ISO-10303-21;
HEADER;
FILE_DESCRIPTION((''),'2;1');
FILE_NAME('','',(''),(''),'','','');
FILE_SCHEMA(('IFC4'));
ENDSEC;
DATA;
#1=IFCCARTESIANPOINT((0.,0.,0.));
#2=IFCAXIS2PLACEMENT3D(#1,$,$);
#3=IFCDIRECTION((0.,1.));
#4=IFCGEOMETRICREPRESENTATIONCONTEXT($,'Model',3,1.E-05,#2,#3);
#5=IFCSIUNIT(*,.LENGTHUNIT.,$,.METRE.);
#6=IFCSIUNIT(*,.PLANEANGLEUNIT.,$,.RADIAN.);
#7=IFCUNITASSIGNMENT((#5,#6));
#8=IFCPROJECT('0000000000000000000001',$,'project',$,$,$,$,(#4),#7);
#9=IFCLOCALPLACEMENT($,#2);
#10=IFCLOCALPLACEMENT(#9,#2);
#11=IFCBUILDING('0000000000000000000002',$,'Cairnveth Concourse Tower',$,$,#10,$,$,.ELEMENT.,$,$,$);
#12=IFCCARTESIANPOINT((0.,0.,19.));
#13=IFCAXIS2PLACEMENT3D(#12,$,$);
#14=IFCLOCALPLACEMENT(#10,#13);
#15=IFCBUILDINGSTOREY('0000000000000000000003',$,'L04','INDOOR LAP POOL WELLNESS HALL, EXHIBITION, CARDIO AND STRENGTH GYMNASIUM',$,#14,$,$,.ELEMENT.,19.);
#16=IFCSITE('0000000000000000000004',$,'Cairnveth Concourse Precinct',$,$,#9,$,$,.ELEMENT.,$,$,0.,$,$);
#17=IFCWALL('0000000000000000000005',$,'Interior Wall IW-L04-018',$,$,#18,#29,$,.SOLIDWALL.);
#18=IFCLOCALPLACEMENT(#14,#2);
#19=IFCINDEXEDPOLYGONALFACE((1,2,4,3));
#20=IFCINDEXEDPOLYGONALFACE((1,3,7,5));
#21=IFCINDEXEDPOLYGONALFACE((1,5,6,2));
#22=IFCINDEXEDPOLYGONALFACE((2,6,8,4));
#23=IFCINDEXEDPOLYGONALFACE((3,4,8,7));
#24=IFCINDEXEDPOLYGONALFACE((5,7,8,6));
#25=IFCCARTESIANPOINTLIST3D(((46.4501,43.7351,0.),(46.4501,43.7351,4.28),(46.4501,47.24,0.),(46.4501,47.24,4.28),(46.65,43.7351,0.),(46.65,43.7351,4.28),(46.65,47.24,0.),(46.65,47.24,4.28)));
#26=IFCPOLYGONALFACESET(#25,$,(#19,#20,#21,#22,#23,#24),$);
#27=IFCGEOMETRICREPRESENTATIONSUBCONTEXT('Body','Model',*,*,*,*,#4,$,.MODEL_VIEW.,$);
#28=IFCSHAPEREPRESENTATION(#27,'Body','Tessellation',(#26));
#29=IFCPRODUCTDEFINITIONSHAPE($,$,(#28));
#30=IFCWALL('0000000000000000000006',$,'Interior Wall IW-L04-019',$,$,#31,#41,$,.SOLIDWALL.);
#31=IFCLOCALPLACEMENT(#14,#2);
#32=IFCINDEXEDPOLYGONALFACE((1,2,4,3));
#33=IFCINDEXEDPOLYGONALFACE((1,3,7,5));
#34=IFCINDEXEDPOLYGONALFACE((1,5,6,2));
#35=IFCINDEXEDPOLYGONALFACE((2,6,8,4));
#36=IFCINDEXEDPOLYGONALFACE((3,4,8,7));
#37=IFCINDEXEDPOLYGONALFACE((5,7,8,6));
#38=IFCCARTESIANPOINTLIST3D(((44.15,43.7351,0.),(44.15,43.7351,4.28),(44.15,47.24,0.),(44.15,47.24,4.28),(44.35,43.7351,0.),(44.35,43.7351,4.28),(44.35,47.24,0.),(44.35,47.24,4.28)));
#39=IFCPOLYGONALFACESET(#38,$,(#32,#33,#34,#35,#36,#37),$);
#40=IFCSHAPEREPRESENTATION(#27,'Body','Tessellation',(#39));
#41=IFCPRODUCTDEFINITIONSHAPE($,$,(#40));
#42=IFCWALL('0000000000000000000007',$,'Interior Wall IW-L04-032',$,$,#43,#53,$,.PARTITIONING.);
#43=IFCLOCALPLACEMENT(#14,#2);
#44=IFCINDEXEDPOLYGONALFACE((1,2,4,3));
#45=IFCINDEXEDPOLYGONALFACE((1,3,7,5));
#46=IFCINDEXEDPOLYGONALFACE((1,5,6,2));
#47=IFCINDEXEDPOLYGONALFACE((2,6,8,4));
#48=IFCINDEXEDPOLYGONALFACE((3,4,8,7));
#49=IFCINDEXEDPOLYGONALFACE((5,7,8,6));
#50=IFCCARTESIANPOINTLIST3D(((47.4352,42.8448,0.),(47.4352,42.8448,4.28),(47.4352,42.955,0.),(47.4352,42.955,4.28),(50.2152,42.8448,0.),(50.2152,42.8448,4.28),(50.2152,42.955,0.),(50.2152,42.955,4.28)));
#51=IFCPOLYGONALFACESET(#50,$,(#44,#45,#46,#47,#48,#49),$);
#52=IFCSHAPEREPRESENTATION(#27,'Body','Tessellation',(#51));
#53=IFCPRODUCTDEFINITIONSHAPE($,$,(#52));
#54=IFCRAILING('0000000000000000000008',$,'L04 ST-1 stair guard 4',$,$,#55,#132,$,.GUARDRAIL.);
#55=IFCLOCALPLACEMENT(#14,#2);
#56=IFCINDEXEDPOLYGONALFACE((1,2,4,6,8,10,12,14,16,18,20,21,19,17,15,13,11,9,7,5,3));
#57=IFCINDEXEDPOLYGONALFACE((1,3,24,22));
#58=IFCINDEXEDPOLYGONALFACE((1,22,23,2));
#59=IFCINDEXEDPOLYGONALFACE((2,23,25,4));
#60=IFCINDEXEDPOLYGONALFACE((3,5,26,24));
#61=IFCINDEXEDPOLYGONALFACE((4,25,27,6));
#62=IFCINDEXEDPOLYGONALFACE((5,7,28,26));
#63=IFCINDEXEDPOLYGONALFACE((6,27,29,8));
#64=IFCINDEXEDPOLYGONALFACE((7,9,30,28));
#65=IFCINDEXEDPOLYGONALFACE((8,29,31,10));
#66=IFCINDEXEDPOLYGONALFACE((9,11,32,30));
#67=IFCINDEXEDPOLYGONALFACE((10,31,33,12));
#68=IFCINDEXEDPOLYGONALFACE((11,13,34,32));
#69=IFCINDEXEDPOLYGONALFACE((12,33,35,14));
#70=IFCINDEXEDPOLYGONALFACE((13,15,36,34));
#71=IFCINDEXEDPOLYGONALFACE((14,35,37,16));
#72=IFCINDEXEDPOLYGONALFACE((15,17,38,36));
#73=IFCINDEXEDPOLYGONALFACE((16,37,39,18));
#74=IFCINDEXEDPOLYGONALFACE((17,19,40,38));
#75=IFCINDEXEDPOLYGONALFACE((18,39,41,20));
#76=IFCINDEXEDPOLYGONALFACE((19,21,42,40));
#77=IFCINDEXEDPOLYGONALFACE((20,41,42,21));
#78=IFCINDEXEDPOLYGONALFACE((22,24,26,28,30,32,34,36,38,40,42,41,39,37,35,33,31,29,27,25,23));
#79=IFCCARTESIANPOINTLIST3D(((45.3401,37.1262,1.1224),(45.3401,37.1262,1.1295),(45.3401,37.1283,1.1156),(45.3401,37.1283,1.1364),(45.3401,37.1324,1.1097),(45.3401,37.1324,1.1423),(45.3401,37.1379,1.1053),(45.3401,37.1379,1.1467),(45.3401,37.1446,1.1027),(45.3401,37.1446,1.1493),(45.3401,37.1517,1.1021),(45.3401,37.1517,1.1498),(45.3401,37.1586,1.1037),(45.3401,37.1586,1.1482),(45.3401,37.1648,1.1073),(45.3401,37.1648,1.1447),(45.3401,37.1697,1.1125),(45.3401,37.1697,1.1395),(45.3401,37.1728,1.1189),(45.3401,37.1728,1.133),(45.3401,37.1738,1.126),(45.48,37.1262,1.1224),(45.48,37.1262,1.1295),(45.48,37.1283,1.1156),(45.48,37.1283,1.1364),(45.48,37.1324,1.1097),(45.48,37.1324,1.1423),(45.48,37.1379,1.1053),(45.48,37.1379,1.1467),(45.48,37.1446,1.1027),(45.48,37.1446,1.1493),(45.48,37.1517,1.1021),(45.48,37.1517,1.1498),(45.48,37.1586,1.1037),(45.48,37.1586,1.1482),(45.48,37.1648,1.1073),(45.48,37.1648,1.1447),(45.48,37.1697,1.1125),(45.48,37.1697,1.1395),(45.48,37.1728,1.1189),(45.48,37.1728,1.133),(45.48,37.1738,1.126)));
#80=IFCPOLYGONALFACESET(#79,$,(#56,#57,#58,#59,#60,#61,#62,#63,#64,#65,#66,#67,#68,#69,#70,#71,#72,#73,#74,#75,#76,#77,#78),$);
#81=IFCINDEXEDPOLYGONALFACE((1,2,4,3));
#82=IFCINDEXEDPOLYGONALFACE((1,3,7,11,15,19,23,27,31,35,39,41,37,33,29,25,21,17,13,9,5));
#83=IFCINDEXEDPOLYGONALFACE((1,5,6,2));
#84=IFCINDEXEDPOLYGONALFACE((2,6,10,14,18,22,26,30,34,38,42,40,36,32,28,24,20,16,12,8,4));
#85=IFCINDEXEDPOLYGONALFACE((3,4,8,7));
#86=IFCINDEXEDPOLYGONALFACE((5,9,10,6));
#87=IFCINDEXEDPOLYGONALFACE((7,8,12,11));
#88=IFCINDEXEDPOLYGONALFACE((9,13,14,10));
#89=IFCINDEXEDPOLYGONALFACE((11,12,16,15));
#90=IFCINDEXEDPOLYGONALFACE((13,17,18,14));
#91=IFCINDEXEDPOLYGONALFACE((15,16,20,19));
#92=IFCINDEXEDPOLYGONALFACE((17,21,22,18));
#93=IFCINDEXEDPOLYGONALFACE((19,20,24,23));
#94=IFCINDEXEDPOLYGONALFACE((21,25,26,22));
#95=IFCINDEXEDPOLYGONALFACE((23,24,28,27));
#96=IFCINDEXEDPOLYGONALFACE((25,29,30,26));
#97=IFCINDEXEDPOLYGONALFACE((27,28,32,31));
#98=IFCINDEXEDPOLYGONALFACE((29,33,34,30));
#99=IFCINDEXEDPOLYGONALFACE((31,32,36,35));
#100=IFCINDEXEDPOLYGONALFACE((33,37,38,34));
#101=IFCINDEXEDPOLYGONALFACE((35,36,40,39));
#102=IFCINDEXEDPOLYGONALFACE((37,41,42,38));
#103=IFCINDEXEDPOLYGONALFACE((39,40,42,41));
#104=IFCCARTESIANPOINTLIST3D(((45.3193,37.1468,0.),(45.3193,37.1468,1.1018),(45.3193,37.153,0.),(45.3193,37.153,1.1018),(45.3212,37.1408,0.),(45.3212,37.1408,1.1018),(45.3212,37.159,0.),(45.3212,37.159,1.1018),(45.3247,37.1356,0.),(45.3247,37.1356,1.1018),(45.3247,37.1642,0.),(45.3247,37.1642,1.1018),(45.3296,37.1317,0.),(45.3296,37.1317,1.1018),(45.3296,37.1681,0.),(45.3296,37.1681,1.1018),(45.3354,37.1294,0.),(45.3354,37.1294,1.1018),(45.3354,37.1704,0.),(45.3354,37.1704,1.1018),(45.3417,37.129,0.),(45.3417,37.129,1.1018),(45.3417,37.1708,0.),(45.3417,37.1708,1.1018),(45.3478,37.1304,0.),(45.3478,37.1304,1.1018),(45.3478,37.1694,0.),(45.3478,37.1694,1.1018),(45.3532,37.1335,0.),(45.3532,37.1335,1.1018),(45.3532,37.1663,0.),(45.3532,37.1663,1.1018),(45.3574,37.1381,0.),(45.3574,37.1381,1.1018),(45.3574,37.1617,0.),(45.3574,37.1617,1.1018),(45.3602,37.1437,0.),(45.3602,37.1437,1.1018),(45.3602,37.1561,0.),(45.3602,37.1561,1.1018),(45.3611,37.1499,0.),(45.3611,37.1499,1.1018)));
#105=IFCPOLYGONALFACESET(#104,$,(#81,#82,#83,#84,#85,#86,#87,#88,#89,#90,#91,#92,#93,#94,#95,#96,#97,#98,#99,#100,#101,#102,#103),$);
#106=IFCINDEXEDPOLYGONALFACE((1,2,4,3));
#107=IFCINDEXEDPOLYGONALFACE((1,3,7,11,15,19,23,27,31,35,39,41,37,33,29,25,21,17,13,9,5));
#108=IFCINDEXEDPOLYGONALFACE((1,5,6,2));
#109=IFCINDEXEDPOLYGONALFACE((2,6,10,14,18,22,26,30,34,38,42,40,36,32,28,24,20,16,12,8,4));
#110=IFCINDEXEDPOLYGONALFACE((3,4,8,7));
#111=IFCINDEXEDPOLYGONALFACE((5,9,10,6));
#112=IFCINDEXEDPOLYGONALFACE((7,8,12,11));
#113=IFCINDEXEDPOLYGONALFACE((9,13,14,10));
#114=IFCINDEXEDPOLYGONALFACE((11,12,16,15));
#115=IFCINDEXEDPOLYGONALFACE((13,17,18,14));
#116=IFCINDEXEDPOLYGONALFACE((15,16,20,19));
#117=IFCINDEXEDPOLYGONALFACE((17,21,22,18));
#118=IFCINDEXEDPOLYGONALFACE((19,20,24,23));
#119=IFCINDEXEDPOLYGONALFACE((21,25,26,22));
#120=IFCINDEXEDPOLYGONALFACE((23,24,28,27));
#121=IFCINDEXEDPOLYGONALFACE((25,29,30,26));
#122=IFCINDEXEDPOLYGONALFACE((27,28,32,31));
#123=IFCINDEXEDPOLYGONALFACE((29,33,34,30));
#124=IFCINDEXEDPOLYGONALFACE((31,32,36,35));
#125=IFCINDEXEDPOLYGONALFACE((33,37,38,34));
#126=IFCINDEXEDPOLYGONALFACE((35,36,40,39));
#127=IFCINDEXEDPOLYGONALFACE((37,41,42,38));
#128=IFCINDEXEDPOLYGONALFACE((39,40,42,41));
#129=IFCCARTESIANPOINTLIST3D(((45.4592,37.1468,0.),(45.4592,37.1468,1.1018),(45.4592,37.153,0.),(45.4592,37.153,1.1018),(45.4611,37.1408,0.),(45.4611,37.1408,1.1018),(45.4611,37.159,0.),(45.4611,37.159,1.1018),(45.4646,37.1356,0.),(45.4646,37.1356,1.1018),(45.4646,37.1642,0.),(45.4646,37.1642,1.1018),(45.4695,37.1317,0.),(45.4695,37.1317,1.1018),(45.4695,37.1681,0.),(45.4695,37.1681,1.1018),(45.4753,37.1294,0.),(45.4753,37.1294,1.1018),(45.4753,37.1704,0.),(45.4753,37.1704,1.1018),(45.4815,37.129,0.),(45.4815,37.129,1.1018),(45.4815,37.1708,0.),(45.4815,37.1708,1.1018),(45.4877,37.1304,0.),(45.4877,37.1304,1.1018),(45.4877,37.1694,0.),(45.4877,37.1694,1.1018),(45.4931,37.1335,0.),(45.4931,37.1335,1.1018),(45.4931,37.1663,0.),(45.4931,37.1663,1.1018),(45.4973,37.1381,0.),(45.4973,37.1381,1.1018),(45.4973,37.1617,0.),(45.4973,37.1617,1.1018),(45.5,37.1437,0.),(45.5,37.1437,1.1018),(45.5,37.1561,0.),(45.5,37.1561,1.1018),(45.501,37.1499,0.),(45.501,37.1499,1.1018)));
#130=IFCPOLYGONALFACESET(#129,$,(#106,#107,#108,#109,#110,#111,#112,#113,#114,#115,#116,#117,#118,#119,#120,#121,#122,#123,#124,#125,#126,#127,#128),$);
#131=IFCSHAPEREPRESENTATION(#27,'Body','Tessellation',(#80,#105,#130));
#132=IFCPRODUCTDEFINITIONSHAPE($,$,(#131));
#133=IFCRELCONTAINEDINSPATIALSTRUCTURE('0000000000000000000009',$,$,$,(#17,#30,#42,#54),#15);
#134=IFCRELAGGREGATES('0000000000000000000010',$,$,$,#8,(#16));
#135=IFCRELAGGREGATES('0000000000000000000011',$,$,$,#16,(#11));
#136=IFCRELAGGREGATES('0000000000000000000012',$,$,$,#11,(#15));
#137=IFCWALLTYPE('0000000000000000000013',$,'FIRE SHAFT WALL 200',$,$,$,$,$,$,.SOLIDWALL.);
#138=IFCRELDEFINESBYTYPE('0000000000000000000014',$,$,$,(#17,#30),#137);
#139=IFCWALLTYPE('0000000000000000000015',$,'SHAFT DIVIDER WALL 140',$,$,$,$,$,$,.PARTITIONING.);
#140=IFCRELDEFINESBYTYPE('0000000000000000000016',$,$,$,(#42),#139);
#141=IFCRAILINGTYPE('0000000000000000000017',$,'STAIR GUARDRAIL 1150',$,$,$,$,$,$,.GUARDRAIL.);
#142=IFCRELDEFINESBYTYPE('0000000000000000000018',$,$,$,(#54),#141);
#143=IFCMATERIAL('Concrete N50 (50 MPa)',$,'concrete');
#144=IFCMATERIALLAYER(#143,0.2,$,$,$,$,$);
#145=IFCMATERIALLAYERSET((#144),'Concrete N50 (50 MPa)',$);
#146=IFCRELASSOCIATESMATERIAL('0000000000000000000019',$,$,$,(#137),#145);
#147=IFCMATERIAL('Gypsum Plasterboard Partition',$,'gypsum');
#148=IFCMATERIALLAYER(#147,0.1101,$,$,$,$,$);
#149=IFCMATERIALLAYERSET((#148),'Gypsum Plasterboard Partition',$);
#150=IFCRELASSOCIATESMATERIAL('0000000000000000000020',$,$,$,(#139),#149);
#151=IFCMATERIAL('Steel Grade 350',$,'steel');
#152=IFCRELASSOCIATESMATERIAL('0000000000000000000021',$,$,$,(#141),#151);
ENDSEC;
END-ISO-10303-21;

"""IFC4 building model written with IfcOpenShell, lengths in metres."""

from ifc_helpers import new_model, si_unit, direction, frame, frame_2d, origin, origin_2d, place, context, subcontext, project, spatial, rectangle, circle, extrude, material, layer, layer_set, type_object, element, save


model = new_model("IFC4")

# Units and contexts
model_context = context("Model", 3, precision=1e-05, world=origin(), true_north=direction((0.0, 1.0)))
body_context = subcontext(model_context, "Body", "Model", "MODEL_VIEW")
ifc_project = project(units=[si_unit("LENGTHUNIT", "METRE"), si_unit("PLANEANGLEUNIT", "RADIAN")], contexts=[model_context])

# Site, building, storey
site_placement = place(None, origin())
site = spatial("IfcSite", under=ifc_project, at=site_placement, Name="Cairnveth Concourse Precinct", CompositionType="ELEMENT", RefElevation=0.0)
building_placement = place(site_placement, origin())
building = spatial("IfcBuilding", under=site, at=building_placement, Name="Cairnveth Concourse Tower", CompositionType="ELEMENT")
storey_placement = place(building_placement, frame((0.0, 0.0, 19.0)))
storey = spatial("IfcBuildingStorey", under=building, at=storey_placement, Name="L04", Description="INDOOR LAP POOL WELLNESS HALL, EXHIBITION, CARDIO AND STRENGTH GYMNASIUM", CompositionType="ELEMENT", Elevation=19.0)

# Shared definitions
ifc_material_1 = material(Name="Steel Grade 350", Category="steel")

# Shared definitions
ifc_material_2 = material(Name="Concrete N50 (50 MPa)", Category="concrete")

# Shared definitions
ifc_layer_1 = layer(ifc_material_2, 0.2)
ifc_layer_set_1 = layer_set([ifc_layer_1], Name="Concrete N50 (50 MPa)")
wall_type_1 = type_object("IfcWallType", Name="FIRE SHAFT WALL 200", PredefinedType="SOLIDWALL", material=ifc_layer_set_1)

# Walls
for number, where, z_axis, x_axis, name in (
    (1, (46.55, 43.7351, 0.0), (0.0, 0.0, 1.0), (0.0, 1.0, 0.0), "Interior Wall IW-L04-018"),
    (2, (44.25, 43.7351, 0.0), (0.0, 0.0, 1.0), (0.0, 1.0, 0.0), "Interior Wall IW-L04-019"),
):
    element("IfcWall", number, at=place(storey_placement, frame(where, z_axis=z_axis, x_axis=x_axis)), inside=storey, type_object=wall_type_1, Name=name, PredefinedType="SOLIDWALL", context=body_context, shape_type="SweptSolid", body=[
        extrude(rectangle(XDim=3.5049, YDim=0.2, at=frame_2d((1.7524, 0.0))), origin(), (0.0, 0.0, 1.0), 4.28),
    ])
ifc_material_3 = material(Name="Gypsum Plasterboard Partition", Category="gypsum")
ifc_layer_2 = layer(ifc_material_3, 0.1101)
ifc_layer_set_2 = layer_set([ifc_layer_2], Name="Gypsum Plasterboard Partition")
wall_type_2 = type_object("IfcWallType", Name="SHAFT DIVIDER WALL 140", PredefinedType="PARTITIONING", material=ifc_layer_set_2)
wall_1_placement = place(storey_placement, frame((47.4351, 42.8999, 0.0), z_axis=(0.0, 0.0, 1.0), x_axis=(1.0, 0.0, 0.0)))
element("IfcWall", 3, at=wall_1_placement, inside=storey, type_object=wall_type_2, Name="Interior Wall IW-L04-032", PredefinedType="PARTITIONING", context=body_context, shape_type="SweptSolid", body=[
    extrude(rectangle(XDim=2.78, YDim=0.1101, at=frame_2d((1.3901, 0.0))), origin(), (0.0, 0.0, 1.0), 4.28),
])

# Railing
railing_type = type_object("IfcRailingType", Name="STAIR GUARDRAIL 1150", PredefinedType="GUARDRAIL", material=ifc_material_1)
railing_placement = place(storey_placement, frame((45.3401, 37.1499, 0.0)))
element("IfcRailing", 4, at=railing_placement, inside=storey, type_object=railing_type, Name="L04 ST-1 stair guard 4", PredefinedType="GUARDRAIL", context=body_context, shape_type="SweptSolid", body=[
    extrude(circle(Radius=0.0239, at=origin_2d()), frame((0.0, 0.0, 1.126), z_axis=(1.0, 0.0, 0.0), x_axis=(0.0, 1.0, 0.0)), (0.0, 0.0, 1.0), 0.1399),
    extrude(circle(Radius=0.021, at=origin_2d()), origin(), (0.0, 0.0, 1.0), 1.1018),
    extrude(circle(Radius=0.021, at=origin_2d()), frame((0.1399, 0.0, 0.0)), (0.0, 0.0, 1.0), 1.1018),
])

save(model, "model.ifc")
